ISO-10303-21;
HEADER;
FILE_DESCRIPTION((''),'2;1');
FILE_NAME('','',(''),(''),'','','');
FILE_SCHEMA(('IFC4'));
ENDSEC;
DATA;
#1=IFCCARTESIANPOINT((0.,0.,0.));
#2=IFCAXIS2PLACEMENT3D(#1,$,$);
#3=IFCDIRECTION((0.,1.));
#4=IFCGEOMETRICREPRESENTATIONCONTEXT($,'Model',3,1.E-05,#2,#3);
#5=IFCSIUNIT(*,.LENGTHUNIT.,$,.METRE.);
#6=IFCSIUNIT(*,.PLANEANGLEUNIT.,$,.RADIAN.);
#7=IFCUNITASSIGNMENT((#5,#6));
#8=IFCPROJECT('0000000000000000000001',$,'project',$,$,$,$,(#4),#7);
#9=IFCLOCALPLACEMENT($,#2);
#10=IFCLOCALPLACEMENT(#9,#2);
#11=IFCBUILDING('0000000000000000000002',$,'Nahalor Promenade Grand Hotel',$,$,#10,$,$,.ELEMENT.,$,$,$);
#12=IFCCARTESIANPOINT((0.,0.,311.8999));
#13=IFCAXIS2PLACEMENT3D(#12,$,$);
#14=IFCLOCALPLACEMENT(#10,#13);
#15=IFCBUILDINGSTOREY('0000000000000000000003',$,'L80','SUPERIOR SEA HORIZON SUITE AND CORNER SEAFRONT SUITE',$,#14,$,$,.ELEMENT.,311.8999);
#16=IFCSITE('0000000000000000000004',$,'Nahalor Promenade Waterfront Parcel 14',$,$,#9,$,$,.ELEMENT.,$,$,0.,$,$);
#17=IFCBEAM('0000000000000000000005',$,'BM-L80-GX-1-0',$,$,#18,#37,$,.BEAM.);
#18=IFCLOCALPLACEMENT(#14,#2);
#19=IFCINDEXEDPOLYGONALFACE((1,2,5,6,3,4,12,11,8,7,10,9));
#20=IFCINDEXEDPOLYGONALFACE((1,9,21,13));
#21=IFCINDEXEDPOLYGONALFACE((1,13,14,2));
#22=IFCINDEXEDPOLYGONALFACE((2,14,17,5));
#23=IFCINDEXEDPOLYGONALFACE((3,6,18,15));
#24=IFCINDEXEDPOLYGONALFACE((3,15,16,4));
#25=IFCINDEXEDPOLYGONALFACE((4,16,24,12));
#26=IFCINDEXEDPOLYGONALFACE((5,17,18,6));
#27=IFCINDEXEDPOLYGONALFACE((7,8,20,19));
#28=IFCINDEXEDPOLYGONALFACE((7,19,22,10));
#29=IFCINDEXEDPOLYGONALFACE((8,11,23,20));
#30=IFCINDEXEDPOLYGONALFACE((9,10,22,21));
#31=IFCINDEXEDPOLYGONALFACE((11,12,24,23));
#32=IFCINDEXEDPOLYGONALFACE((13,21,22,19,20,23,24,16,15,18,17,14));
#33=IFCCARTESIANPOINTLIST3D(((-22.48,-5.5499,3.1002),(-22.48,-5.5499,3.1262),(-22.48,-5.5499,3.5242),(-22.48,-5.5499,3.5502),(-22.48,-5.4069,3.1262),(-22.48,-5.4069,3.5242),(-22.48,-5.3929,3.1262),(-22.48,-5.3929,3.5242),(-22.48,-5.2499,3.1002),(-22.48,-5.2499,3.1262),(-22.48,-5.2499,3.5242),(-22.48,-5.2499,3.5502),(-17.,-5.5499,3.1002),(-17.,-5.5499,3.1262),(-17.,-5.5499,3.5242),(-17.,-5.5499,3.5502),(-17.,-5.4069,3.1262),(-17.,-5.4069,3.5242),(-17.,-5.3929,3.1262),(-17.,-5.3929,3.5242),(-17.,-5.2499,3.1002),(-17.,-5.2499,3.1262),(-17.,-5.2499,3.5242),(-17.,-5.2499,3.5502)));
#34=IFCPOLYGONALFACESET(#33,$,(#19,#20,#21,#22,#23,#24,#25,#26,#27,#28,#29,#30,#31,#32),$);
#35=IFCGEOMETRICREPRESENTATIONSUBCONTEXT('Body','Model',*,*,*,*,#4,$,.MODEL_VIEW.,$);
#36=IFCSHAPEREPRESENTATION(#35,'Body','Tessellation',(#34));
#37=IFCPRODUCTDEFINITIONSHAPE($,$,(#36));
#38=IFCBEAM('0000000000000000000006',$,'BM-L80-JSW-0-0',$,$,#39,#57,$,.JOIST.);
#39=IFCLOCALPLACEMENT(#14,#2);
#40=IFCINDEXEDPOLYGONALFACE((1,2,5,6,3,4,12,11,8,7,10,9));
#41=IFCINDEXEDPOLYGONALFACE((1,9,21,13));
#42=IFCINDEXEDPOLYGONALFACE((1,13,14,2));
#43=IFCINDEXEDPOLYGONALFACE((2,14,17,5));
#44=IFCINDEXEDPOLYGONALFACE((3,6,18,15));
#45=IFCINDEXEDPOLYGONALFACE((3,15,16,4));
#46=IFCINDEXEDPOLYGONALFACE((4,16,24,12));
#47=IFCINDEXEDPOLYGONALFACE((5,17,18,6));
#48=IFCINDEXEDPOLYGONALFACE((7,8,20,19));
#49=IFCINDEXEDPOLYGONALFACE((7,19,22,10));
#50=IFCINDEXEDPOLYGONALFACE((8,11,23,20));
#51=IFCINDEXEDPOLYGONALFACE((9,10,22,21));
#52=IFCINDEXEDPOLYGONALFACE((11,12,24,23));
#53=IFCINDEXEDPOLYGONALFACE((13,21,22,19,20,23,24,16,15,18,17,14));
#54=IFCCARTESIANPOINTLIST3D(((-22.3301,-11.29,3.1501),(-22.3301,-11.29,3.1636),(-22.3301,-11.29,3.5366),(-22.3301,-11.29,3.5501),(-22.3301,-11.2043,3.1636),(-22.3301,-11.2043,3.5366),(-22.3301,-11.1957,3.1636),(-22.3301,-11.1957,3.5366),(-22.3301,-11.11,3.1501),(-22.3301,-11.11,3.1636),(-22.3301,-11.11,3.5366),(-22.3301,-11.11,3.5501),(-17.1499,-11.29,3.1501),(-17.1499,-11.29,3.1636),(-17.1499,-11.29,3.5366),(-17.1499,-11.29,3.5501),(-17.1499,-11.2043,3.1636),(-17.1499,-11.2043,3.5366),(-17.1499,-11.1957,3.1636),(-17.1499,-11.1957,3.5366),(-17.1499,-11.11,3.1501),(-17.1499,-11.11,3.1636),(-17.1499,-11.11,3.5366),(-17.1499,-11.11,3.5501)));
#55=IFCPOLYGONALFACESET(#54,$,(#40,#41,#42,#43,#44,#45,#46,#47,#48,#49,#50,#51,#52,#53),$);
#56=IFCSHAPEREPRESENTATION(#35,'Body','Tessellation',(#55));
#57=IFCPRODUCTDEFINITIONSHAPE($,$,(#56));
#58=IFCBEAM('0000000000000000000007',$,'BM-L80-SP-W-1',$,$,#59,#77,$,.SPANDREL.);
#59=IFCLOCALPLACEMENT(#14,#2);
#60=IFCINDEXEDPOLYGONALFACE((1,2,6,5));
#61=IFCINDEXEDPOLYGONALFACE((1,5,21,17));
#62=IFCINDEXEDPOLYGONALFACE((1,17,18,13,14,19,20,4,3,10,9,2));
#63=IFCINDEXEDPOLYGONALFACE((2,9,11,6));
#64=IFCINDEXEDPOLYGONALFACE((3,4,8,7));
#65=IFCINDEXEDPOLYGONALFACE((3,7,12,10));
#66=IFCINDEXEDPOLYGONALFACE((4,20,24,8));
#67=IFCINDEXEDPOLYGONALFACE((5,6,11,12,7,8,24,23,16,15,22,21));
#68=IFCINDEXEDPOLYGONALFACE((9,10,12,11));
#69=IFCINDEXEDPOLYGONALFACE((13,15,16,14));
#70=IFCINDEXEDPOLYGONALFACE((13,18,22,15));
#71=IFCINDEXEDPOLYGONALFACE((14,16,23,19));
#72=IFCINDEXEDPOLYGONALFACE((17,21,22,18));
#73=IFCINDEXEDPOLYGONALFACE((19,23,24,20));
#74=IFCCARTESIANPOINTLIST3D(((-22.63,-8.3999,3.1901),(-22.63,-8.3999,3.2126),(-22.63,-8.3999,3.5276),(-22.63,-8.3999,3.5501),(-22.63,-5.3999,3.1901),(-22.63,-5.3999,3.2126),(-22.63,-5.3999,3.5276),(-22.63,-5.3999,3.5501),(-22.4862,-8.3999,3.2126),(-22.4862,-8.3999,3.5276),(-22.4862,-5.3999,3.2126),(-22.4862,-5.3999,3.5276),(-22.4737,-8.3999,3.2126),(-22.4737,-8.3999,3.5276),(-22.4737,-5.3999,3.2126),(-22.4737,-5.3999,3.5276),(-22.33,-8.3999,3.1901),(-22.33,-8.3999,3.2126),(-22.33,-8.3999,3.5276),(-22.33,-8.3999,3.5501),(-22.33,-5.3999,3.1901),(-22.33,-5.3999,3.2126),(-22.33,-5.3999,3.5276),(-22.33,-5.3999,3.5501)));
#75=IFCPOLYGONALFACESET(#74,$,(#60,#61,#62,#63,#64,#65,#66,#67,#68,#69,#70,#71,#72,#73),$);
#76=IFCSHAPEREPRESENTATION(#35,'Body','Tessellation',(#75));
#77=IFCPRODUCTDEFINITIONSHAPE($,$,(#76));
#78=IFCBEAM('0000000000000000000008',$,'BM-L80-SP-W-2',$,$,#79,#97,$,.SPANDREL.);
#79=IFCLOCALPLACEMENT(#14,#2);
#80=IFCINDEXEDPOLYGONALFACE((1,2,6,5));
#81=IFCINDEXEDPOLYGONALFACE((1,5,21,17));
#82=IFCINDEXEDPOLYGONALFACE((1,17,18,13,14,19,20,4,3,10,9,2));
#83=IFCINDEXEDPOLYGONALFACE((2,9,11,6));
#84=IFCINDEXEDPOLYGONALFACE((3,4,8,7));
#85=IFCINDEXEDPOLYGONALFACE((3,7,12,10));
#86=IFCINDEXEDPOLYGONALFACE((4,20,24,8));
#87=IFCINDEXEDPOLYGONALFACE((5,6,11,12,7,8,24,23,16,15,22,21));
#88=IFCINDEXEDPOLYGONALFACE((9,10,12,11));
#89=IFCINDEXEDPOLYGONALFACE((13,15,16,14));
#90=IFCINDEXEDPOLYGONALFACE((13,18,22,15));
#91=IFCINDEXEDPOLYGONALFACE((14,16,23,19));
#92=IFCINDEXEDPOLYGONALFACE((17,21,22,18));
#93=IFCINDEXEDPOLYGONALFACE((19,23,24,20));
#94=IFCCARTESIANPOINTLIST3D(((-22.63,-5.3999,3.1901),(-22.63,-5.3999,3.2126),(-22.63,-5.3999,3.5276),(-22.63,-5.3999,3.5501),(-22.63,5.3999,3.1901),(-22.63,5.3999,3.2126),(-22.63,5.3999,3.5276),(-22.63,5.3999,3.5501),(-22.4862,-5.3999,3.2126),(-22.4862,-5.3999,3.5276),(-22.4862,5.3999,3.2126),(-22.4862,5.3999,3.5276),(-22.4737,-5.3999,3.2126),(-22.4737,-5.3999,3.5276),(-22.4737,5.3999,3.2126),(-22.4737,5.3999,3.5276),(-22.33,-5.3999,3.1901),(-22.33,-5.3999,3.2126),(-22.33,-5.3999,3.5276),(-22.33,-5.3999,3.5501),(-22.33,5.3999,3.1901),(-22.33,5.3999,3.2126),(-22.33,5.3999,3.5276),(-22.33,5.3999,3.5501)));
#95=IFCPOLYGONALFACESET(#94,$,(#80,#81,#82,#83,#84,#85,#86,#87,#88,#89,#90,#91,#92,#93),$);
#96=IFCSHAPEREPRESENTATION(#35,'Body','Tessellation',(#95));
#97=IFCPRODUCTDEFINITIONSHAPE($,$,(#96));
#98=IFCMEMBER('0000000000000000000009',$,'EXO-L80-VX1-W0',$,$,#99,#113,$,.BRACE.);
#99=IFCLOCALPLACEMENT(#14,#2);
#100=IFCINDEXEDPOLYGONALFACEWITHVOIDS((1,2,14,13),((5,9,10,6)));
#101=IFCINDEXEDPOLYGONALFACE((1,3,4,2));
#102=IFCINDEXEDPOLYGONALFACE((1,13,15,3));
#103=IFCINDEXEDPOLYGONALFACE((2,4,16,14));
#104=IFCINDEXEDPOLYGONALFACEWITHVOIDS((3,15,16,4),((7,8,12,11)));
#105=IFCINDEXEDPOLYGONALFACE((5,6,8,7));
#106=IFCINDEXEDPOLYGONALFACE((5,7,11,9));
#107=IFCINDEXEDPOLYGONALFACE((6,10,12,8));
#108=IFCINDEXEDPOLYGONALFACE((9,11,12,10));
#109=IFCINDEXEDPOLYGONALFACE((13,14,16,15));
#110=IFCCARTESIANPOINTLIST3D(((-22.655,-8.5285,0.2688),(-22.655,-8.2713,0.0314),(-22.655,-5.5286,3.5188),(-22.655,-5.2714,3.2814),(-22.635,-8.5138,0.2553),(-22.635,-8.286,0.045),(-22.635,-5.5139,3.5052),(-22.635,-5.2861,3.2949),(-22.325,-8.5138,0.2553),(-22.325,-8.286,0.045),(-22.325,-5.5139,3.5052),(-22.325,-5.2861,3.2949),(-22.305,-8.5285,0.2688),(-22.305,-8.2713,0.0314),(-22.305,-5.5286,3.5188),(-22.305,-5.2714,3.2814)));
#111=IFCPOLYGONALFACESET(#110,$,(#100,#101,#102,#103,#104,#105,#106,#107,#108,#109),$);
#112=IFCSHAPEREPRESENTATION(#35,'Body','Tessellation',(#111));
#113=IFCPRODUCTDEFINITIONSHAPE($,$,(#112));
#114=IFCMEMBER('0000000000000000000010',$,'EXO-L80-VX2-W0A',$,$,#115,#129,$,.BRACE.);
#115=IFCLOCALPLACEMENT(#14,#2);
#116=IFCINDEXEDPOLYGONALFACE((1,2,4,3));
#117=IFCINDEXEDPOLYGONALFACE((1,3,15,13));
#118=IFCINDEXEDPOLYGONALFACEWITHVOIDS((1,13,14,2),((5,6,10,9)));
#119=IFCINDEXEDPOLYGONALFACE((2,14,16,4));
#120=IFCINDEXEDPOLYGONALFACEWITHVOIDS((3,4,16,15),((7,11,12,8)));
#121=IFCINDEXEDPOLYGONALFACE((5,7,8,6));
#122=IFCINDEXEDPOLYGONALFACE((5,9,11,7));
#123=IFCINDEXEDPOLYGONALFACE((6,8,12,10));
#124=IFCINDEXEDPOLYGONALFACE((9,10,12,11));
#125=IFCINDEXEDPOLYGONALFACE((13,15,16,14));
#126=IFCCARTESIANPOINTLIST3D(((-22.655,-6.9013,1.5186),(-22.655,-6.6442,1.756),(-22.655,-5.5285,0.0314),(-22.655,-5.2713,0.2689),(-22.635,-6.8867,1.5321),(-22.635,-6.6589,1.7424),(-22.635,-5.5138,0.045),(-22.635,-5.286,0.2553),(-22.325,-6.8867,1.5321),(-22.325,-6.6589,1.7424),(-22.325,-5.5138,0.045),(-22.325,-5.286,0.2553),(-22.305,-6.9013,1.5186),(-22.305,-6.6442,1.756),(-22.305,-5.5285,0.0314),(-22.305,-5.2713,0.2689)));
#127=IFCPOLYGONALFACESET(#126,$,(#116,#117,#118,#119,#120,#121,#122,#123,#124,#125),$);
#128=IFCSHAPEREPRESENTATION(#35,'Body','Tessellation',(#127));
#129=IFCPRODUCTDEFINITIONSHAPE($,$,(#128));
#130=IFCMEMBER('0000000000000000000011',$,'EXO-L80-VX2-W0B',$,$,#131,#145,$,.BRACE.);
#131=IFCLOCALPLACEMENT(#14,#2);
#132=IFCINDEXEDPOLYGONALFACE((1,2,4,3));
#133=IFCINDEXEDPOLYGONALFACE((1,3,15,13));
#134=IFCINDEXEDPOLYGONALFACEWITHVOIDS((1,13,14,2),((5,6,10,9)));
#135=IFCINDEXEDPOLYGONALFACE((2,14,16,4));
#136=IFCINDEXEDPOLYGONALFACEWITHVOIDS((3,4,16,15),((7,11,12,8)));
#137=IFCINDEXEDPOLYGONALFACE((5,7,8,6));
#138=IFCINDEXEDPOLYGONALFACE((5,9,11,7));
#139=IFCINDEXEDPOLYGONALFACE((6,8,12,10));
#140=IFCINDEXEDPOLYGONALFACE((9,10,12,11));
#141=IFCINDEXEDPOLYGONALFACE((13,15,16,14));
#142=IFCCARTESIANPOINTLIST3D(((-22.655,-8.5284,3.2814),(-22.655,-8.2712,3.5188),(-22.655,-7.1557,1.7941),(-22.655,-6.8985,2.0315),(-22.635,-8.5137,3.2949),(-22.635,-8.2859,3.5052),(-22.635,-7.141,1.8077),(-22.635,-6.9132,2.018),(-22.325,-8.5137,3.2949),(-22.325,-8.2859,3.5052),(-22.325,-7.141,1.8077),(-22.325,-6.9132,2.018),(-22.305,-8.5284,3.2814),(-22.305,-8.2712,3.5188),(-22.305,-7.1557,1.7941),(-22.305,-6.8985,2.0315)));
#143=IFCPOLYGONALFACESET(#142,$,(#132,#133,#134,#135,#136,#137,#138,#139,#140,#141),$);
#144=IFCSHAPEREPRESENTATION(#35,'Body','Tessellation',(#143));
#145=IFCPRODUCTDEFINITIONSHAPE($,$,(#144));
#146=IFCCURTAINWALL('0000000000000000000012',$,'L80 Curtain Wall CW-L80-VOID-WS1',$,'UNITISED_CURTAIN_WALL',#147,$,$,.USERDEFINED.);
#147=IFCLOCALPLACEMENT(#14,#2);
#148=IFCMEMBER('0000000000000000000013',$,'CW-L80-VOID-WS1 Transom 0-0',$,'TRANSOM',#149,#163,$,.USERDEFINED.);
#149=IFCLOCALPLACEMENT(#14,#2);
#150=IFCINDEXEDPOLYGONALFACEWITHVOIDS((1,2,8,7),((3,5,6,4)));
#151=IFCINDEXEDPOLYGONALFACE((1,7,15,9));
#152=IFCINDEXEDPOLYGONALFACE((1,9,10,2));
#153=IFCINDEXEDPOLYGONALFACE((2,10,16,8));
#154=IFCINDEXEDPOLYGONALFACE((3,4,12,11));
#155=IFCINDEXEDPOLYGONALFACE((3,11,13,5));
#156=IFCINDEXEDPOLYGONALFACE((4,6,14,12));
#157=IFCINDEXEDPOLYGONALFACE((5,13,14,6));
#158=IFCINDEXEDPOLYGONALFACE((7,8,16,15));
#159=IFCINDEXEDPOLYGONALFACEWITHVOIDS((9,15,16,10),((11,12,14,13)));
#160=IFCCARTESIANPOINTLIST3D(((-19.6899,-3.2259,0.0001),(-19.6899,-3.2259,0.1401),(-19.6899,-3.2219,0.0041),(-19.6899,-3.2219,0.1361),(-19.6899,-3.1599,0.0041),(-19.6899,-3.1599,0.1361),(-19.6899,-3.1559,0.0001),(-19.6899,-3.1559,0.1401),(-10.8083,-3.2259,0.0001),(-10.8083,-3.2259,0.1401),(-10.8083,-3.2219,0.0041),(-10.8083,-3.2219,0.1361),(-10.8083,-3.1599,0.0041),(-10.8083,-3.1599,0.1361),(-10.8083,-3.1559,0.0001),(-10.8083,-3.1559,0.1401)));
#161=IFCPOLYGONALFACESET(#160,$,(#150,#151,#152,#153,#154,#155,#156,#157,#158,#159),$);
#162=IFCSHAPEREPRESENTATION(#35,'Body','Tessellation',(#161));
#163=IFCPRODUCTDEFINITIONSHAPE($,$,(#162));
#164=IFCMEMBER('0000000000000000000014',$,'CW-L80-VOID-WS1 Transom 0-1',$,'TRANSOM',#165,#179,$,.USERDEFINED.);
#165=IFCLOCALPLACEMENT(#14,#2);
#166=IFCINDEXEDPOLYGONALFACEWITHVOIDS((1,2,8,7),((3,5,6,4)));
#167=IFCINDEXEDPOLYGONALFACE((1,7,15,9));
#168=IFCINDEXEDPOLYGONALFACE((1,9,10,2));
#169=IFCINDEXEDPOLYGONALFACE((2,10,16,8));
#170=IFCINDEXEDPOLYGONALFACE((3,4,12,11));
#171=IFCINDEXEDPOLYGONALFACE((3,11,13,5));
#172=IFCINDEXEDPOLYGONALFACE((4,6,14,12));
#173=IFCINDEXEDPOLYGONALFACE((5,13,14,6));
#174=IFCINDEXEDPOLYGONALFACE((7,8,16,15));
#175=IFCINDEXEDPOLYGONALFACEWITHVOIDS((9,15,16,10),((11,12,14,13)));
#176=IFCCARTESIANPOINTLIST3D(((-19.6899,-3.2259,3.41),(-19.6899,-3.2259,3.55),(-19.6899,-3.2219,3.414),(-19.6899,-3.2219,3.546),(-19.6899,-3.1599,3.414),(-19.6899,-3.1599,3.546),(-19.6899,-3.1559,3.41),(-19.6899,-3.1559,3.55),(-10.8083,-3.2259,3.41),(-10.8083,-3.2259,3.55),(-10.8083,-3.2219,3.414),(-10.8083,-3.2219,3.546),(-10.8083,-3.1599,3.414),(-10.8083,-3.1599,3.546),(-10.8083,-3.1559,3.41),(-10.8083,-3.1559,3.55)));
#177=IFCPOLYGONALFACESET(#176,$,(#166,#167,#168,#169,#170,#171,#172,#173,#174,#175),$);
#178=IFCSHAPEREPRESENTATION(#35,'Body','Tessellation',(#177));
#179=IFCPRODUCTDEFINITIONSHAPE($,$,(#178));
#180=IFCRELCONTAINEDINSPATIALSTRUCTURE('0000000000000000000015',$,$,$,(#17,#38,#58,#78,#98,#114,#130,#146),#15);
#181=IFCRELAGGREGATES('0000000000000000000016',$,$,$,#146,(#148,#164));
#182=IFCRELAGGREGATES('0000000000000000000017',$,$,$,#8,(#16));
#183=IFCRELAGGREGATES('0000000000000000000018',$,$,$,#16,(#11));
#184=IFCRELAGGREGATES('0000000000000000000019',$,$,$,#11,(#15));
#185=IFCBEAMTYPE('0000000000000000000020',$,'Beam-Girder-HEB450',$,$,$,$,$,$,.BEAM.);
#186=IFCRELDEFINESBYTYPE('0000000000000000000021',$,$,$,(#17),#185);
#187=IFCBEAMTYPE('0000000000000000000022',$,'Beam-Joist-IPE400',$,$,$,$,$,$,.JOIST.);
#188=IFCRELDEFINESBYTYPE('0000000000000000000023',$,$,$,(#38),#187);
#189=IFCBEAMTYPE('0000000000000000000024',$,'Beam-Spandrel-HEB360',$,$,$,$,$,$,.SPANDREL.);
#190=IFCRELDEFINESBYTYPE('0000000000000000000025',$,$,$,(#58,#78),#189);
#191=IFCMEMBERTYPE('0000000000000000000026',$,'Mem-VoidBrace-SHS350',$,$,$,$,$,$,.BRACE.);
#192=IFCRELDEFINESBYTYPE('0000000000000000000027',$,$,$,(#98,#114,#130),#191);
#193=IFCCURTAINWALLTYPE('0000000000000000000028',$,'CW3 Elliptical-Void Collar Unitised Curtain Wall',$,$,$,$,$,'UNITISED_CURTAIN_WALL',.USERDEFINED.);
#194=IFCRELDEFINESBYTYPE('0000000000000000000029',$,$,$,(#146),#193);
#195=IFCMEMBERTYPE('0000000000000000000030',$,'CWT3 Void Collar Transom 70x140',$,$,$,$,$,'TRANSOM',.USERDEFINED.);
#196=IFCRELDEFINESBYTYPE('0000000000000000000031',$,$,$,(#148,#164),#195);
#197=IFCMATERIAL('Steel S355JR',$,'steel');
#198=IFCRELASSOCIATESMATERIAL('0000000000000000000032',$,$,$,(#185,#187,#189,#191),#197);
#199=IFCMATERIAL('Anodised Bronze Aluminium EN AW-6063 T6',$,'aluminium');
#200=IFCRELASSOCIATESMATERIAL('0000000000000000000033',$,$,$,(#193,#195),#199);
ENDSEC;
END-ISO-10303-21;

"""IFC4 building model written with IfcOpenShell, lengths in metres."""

from ifc_helpers import new_model, si_unit, direction, frame, origin, origin_2d, place, context, subcontext, project, spatial, hollow_rectangle, i_section, extrude, source, transform, mapped, material, material_profile, profile_set, type_object, element, aggregate, save


model = new_model("IFC4")

# Units and contexts
model_context = context("Model", 3, precision=1e-05, world=origin(), true_north=direction((0.0, 1.0)))
body_context = subcontext(model_context, "Body", "Model", "MODEL_VIEW")
ifc_project = project(units=[si_unit("LENGTHUNIT", "METRE"), si_unit("PLANEANGLEUNIT", "RADIAN")], contexts=[model_context])

# Site, building, storey
site_placement = place(None, origin())
site = spatial("IfcSite", under=ifc_project, at=site_placement, Name="Nahalor Promenade Waterfront Parcel 14", CompositionType="ELEMENT", RefElevation=0.0)
building_placement = place(site_placement, origin())
building = spatial("IfcBuilding", under=site, at=building_placement, Name="Nahalor Promenade Grand Hotel", CompositionType="ELEMENT")
storey_placement = place(building_placement, frame((0.0, 0.0, 311.8999)))
storey = spatial("IfcBuildingStorey", under=building, at=storey_placement, Name="L80", Description="SUPERIOR SEA HORIZON SUITE AND CORNER SEAFRONT SUITE", CompositionType="ELEMENT", Elevation=311.8999)

# Shared definitions
ifc_material_1 = material(Name="Steel S355JR", Category="steel")

# Beams
ifc_material_profile_1 = material_profile(ifc_material_1, i_section(OverallWidth=0.3, OverallDepth=0.45, WebThickness=0.014, FlangeThickness=0.026, at=origin_2d()), Name="HEB 450")
ifc_profile_set_1 = profile_set([ifc_material_profile_1], Name="Steel S355JR")
beam_type_1 = type_object("IfcBeamType", Name="Beam-Girder-HEB450", PredefinedType="BEAM", material=ifc_profile_set_1)
ifc_material_profile_2 = material_profile(ifc_material_1, i_section(OverallWidth=0.18, OverallDepth=0.4, WebThickness=0.0086, FlangeThickness=0.0135, at=origin_2d()), Name="IPE 400")
ifc_profile_set_2 = profile_set([ifc_material_profile_2], Name="Steel S355JR")
beam_type_2 = type_object("IfcBeamType", Name="Beam-Joist-IPE400", PredefinedType="JOIST", material=ifc_profile_set_2)
shared_shape_1 = source(origin(), body_context, "Body", "SweptSolid", [
    extrude(i_section(OverallWidth=0.3, OverallDepth=0.45, WebThickness=0.014, FlangeThickness=0.026, at=origin_2d()), origin(), (0.0, 0.0, 1.0), 5.48),
])
beam_1_placement = place(storey_placement, frame((-22.48, -5.3999, 3.3252), z_axis=(1.0, 0.0, 0.0), x_axis=(0.0, 1.0, 0.0)))
element("IfcBeam", 1, at=beam_1_placement, inside=storey, type_object=beam_type_1, Name="BM-L80-GX-1-0", PredefinedType="BEAM", context=body_context, shape_type="MappedRepresentation", body=[
    mapped(shared_shape_1, transform((0.0, 0.0, 0.0), scale=1.0)),
])
shared_shape_2 = source(origin(), body_context, "Body", "SweptSolid", [
    extrude(i_section(OverallWidth=0.18, OverallDepth=0.4, WebThickness=0.0086, FlangeThickness=0.0135, at=origin_2d()), origin(), (0.0, 0.0, 1.0), 5.1802),
])
beam_2_placement = place(storey_placement, frame((-22.3301, -11.2, 3.3501), z_axis=(1.0, 0.0, 0.0), x_axis=(0.0, 1.0, 0.0)))
element("IfcBeam", 2, at=beam_2_placement, inside=storey, type_object=beam_type_2, Name="BM-L80-JSW-0-0", PredefinedType="JOIST", context=body_context, shape_type="MappedRepresentation", body=[
    mapped(shared_shape_2, transform((0.0, 0.0, 0.0), scale=1.0)),
])
ifc_material_profile_3 = material_profile(ifc_material_1, i_section(OverallWidth=0.3, OverallDepth=0.36, WebThickness=0.0125, FlangeThickness=0.0225, at=origin_2d()), Name="HEB 360")
ifc_profile_set_3 = profile_set([ifc_material_profile_3], Name="Steel S355JR")
beam_type_3 = type_object("IfcBeamType", Name="Beam-Spandrel-HEB360", PredefinedType="SPANDREL", material=ifc_profile_set_3)
shared_shape_3 = source(origin(), body_context, "Body", "SweptSolid", [
    extrude(i_section(OverallWidth=0.3, OverallDepth=0.36, WebThickness=0.0125, FlangeThickness=0.0225, at=origin_2d()), origin(), (0.0, 0.0, 1.0), 3.0),
])
beam_3_placement = place(storey_placement, frame((-22.48, -8.3999, 3.3701), z_axis=(0.0, 1.0, 0.0), x_axis=(-1.0, 0.0, 0.0)))
element("IfcBeam", 3, at=beam_3_placement, inside=storey, type_object=beam_type_3, Name="BM-L80-SP-W-1", PredefinedType="SPANDREL", context=body_context, shape_type="MappedRepresentation", body=[
    mapped(shared_shape_3, transform((0.0, 0.0, 0.0), scale=1.0)),
])
shared_shape_4 = source(origin(), body_context, "Body", "SweptSolid", [
    extrude(i_section(OverallWidth=0.3, OverallDepth=0.36, WebThickness=0.0125, FlangeThickness=0.0225, at=origin_2d()), origin(), (0.0, 0.0, 1.0), 10.7998),
])
beam_4_placement = place(storey_placement, frame((-22.48, -5.3999, 3.3701), z_axis=(0.0, 1.0, 0.0), x_axis=(-1.0, 0.0, 0.0)))
element("IfcBeam", 4, at=beam_4_placement, inside=storey, type_object=beam_type_3, Name="BM-L80-SP-W-2", PredefinedType="SPANDREL", context=body_context, shape_type="MappedRepresentation", body=[
    mapped(shared_shape_4, transform((0.0, 0.0, 0.0), scale=1.0)),
])

# Members
ifc_material_profile_4 = material_profile(ifc_material_1, hollow_rectangle(XDim=0.35, YDim=0.35, WallThickness=0.02, at=origin_2d()), Name="SHS 350x350x20")
ifc_profile_set_4 = profile_set([ifc_material_profile_4], Name="Steel S355JR")
member_type_1 = type_object("IfcMemberType", Name="Mem-VoidBrace-SHS350", PredefinedType="BRACE", material=ifc_profile_set_4)
shared_shape_5 = source(origin(), body_context, "Body", "SweptSolid", [
    extrude(hollow_rectangle(XDim=0.35, YDim=0.35, WallThickness=0.02, at=origin_2d()), origin(), (0.0, 0.0, 1.0), 4.4229),
])
member_1_placement = place(storey_placement, frame((-22.48, -8.3999, 0.1501), z_axis=(0.0, 0.67828, 0.734803), x_axis=(-1.0, 0.0, 0.0)))
element("IfcMember", 5, at=member_1_placement, inside=storey, type_object=member_type_1, Name="EXO-L80-VX1-W0", PredefinedType="BRACE", context=body_context, shape_type="MappedRepresentation", body=[
    mapped(shared_shape_5, transform((0.0, 0.0, 0.0), scale=1.0)),
])
shared_shape_6 = source(origin(), body_context, "Body", "SweptSolid", [
    extrude(hollow_rectangle(XDim=0.35, YDim=0.35, WallThickness=0.02, at=origin_2d()), origin(), (0.0, 0.0, 1.0), 2.0239),
])
for number, where, z_axis, x_axis, name in (
    (6, (-22.48, -5.3999, 0.1501), (0.0, -0.678315, 0.734771), (1.0, 0.0, 0.0), "EXO-L80-VX2-W0A"),
    (7, (-22.48, -7.0271, 1.9128), (0.0, -0.678255, 0.734827), (1.0, 0.0, 0.0), "EXO-L80-VX2-W0B"),
):
    element("IfcMember", number, at=place(storey_placement, frame(where, z_axis=z_axis, x_axis=x_axis)), inside=storey, type_object=member_type_1, Name=name, PredefinedType="BRACE", context=body_context, shape_type="MappedRepresentation", body=[
        mapped(shared_shape_6, transform((0.0, 0.0, 0.0), scale=1.0)),
    ])

# Curtain wall, members
ifc_material_2 = material(Name="Anodised Bronze Aluminium EN AW-6063 T6", Category="aluminium")
curtain_wall_type = type_object("IfcCurtainWallType", Name="CW3 Elliptical-Void Collar Unitised Curtain Wall", ElementType="UNITISED_CURTAIN_WALL", PredefinedType="USERDEFINED", material=ifc_material_2)
curtain_wall_1_placement = place(storey_placement, origin())
curtain_wall_1 = element("IfcCurtainWall", 8, at=curtain_wall_1_placement, inside=storey, type_object=curtain_wall_type, Name="L80 Curtain Wall CW-L80-VOID-WS1", ObjectType="UNITISED_CURTAIN_WALL", PredefinedType="USERDEFINED")
ifc_material_profile_5 = material_profile(ifc_material_2, hollow_rectangle(XDim=0.07, YDim=0.14, WallThickness=0.004, at=origin_2d()), Name="CWT 70x140x4")
ifc_profile_set_5 = profile_set([ifc_material_profile_5], Name="Anodised Bronze Aluminium EN AW-6063 T6")
member_type_2 = type_object("IfcMemberType", Name="CWT3 Void Collar Transom 70x140", ElementType="TRANSOM", PredefinedType="USERDEFINED", material=ifc_profile_set_5)
shared_shape_7 = source(origin(), body_context, "Body", "SweptSolid", [
    extrude(hollow_rectangle(XDim=0.07, YDim=0.14, WallThickness=0.004, at=origin_2d()), origin(), (0.0, 0.0, 1.0), 8.8816),
])
member_2_placement = place(storey_placement, frame((-19.6899, -3.1909, 0.0701), z_axis=(1.0, 0.0, 0.0), x_axis=(0.0, 1.0, 0.0)))
member_2 = element("IfcMember", 9, at=member_2_placement, type_object=member_type_2, Name="CW-L80-VOID-WS1 Transom 0-0", ObjectType="TRANSOM", PredefinedType="USERDEFINED", context=body_context, shape_type="MappedRepresentation", body=[
    mapped(shared_shape_7, transform((0.0, 0.0, 0.0), scale=1.0)),
])
member_3_placement = place(storey_placement, frame((-19.6899, -3.1909, 3.48), z_axis=(1.0, 0.0, 0.0), x_axis=(0.0, 1.0, 0.0)))
member_3 = element("IfcMember", 10, at=member_3_placement, type_object=member_type_2, Name="CW-L80-VOID-WS1 Transom 0-1", ObjectType="TRANSOM", PredefinedType="USERDEFINED", context=body_context, shape_type="MappedRepresentation", body=[
    mapped(shared_shape_7, transform((0.0, 0.0, 0.0), scale=1.0)),
])

aggregate(curtain_wall_1, [member_2, member_3])

save(model, "model.ifc")
